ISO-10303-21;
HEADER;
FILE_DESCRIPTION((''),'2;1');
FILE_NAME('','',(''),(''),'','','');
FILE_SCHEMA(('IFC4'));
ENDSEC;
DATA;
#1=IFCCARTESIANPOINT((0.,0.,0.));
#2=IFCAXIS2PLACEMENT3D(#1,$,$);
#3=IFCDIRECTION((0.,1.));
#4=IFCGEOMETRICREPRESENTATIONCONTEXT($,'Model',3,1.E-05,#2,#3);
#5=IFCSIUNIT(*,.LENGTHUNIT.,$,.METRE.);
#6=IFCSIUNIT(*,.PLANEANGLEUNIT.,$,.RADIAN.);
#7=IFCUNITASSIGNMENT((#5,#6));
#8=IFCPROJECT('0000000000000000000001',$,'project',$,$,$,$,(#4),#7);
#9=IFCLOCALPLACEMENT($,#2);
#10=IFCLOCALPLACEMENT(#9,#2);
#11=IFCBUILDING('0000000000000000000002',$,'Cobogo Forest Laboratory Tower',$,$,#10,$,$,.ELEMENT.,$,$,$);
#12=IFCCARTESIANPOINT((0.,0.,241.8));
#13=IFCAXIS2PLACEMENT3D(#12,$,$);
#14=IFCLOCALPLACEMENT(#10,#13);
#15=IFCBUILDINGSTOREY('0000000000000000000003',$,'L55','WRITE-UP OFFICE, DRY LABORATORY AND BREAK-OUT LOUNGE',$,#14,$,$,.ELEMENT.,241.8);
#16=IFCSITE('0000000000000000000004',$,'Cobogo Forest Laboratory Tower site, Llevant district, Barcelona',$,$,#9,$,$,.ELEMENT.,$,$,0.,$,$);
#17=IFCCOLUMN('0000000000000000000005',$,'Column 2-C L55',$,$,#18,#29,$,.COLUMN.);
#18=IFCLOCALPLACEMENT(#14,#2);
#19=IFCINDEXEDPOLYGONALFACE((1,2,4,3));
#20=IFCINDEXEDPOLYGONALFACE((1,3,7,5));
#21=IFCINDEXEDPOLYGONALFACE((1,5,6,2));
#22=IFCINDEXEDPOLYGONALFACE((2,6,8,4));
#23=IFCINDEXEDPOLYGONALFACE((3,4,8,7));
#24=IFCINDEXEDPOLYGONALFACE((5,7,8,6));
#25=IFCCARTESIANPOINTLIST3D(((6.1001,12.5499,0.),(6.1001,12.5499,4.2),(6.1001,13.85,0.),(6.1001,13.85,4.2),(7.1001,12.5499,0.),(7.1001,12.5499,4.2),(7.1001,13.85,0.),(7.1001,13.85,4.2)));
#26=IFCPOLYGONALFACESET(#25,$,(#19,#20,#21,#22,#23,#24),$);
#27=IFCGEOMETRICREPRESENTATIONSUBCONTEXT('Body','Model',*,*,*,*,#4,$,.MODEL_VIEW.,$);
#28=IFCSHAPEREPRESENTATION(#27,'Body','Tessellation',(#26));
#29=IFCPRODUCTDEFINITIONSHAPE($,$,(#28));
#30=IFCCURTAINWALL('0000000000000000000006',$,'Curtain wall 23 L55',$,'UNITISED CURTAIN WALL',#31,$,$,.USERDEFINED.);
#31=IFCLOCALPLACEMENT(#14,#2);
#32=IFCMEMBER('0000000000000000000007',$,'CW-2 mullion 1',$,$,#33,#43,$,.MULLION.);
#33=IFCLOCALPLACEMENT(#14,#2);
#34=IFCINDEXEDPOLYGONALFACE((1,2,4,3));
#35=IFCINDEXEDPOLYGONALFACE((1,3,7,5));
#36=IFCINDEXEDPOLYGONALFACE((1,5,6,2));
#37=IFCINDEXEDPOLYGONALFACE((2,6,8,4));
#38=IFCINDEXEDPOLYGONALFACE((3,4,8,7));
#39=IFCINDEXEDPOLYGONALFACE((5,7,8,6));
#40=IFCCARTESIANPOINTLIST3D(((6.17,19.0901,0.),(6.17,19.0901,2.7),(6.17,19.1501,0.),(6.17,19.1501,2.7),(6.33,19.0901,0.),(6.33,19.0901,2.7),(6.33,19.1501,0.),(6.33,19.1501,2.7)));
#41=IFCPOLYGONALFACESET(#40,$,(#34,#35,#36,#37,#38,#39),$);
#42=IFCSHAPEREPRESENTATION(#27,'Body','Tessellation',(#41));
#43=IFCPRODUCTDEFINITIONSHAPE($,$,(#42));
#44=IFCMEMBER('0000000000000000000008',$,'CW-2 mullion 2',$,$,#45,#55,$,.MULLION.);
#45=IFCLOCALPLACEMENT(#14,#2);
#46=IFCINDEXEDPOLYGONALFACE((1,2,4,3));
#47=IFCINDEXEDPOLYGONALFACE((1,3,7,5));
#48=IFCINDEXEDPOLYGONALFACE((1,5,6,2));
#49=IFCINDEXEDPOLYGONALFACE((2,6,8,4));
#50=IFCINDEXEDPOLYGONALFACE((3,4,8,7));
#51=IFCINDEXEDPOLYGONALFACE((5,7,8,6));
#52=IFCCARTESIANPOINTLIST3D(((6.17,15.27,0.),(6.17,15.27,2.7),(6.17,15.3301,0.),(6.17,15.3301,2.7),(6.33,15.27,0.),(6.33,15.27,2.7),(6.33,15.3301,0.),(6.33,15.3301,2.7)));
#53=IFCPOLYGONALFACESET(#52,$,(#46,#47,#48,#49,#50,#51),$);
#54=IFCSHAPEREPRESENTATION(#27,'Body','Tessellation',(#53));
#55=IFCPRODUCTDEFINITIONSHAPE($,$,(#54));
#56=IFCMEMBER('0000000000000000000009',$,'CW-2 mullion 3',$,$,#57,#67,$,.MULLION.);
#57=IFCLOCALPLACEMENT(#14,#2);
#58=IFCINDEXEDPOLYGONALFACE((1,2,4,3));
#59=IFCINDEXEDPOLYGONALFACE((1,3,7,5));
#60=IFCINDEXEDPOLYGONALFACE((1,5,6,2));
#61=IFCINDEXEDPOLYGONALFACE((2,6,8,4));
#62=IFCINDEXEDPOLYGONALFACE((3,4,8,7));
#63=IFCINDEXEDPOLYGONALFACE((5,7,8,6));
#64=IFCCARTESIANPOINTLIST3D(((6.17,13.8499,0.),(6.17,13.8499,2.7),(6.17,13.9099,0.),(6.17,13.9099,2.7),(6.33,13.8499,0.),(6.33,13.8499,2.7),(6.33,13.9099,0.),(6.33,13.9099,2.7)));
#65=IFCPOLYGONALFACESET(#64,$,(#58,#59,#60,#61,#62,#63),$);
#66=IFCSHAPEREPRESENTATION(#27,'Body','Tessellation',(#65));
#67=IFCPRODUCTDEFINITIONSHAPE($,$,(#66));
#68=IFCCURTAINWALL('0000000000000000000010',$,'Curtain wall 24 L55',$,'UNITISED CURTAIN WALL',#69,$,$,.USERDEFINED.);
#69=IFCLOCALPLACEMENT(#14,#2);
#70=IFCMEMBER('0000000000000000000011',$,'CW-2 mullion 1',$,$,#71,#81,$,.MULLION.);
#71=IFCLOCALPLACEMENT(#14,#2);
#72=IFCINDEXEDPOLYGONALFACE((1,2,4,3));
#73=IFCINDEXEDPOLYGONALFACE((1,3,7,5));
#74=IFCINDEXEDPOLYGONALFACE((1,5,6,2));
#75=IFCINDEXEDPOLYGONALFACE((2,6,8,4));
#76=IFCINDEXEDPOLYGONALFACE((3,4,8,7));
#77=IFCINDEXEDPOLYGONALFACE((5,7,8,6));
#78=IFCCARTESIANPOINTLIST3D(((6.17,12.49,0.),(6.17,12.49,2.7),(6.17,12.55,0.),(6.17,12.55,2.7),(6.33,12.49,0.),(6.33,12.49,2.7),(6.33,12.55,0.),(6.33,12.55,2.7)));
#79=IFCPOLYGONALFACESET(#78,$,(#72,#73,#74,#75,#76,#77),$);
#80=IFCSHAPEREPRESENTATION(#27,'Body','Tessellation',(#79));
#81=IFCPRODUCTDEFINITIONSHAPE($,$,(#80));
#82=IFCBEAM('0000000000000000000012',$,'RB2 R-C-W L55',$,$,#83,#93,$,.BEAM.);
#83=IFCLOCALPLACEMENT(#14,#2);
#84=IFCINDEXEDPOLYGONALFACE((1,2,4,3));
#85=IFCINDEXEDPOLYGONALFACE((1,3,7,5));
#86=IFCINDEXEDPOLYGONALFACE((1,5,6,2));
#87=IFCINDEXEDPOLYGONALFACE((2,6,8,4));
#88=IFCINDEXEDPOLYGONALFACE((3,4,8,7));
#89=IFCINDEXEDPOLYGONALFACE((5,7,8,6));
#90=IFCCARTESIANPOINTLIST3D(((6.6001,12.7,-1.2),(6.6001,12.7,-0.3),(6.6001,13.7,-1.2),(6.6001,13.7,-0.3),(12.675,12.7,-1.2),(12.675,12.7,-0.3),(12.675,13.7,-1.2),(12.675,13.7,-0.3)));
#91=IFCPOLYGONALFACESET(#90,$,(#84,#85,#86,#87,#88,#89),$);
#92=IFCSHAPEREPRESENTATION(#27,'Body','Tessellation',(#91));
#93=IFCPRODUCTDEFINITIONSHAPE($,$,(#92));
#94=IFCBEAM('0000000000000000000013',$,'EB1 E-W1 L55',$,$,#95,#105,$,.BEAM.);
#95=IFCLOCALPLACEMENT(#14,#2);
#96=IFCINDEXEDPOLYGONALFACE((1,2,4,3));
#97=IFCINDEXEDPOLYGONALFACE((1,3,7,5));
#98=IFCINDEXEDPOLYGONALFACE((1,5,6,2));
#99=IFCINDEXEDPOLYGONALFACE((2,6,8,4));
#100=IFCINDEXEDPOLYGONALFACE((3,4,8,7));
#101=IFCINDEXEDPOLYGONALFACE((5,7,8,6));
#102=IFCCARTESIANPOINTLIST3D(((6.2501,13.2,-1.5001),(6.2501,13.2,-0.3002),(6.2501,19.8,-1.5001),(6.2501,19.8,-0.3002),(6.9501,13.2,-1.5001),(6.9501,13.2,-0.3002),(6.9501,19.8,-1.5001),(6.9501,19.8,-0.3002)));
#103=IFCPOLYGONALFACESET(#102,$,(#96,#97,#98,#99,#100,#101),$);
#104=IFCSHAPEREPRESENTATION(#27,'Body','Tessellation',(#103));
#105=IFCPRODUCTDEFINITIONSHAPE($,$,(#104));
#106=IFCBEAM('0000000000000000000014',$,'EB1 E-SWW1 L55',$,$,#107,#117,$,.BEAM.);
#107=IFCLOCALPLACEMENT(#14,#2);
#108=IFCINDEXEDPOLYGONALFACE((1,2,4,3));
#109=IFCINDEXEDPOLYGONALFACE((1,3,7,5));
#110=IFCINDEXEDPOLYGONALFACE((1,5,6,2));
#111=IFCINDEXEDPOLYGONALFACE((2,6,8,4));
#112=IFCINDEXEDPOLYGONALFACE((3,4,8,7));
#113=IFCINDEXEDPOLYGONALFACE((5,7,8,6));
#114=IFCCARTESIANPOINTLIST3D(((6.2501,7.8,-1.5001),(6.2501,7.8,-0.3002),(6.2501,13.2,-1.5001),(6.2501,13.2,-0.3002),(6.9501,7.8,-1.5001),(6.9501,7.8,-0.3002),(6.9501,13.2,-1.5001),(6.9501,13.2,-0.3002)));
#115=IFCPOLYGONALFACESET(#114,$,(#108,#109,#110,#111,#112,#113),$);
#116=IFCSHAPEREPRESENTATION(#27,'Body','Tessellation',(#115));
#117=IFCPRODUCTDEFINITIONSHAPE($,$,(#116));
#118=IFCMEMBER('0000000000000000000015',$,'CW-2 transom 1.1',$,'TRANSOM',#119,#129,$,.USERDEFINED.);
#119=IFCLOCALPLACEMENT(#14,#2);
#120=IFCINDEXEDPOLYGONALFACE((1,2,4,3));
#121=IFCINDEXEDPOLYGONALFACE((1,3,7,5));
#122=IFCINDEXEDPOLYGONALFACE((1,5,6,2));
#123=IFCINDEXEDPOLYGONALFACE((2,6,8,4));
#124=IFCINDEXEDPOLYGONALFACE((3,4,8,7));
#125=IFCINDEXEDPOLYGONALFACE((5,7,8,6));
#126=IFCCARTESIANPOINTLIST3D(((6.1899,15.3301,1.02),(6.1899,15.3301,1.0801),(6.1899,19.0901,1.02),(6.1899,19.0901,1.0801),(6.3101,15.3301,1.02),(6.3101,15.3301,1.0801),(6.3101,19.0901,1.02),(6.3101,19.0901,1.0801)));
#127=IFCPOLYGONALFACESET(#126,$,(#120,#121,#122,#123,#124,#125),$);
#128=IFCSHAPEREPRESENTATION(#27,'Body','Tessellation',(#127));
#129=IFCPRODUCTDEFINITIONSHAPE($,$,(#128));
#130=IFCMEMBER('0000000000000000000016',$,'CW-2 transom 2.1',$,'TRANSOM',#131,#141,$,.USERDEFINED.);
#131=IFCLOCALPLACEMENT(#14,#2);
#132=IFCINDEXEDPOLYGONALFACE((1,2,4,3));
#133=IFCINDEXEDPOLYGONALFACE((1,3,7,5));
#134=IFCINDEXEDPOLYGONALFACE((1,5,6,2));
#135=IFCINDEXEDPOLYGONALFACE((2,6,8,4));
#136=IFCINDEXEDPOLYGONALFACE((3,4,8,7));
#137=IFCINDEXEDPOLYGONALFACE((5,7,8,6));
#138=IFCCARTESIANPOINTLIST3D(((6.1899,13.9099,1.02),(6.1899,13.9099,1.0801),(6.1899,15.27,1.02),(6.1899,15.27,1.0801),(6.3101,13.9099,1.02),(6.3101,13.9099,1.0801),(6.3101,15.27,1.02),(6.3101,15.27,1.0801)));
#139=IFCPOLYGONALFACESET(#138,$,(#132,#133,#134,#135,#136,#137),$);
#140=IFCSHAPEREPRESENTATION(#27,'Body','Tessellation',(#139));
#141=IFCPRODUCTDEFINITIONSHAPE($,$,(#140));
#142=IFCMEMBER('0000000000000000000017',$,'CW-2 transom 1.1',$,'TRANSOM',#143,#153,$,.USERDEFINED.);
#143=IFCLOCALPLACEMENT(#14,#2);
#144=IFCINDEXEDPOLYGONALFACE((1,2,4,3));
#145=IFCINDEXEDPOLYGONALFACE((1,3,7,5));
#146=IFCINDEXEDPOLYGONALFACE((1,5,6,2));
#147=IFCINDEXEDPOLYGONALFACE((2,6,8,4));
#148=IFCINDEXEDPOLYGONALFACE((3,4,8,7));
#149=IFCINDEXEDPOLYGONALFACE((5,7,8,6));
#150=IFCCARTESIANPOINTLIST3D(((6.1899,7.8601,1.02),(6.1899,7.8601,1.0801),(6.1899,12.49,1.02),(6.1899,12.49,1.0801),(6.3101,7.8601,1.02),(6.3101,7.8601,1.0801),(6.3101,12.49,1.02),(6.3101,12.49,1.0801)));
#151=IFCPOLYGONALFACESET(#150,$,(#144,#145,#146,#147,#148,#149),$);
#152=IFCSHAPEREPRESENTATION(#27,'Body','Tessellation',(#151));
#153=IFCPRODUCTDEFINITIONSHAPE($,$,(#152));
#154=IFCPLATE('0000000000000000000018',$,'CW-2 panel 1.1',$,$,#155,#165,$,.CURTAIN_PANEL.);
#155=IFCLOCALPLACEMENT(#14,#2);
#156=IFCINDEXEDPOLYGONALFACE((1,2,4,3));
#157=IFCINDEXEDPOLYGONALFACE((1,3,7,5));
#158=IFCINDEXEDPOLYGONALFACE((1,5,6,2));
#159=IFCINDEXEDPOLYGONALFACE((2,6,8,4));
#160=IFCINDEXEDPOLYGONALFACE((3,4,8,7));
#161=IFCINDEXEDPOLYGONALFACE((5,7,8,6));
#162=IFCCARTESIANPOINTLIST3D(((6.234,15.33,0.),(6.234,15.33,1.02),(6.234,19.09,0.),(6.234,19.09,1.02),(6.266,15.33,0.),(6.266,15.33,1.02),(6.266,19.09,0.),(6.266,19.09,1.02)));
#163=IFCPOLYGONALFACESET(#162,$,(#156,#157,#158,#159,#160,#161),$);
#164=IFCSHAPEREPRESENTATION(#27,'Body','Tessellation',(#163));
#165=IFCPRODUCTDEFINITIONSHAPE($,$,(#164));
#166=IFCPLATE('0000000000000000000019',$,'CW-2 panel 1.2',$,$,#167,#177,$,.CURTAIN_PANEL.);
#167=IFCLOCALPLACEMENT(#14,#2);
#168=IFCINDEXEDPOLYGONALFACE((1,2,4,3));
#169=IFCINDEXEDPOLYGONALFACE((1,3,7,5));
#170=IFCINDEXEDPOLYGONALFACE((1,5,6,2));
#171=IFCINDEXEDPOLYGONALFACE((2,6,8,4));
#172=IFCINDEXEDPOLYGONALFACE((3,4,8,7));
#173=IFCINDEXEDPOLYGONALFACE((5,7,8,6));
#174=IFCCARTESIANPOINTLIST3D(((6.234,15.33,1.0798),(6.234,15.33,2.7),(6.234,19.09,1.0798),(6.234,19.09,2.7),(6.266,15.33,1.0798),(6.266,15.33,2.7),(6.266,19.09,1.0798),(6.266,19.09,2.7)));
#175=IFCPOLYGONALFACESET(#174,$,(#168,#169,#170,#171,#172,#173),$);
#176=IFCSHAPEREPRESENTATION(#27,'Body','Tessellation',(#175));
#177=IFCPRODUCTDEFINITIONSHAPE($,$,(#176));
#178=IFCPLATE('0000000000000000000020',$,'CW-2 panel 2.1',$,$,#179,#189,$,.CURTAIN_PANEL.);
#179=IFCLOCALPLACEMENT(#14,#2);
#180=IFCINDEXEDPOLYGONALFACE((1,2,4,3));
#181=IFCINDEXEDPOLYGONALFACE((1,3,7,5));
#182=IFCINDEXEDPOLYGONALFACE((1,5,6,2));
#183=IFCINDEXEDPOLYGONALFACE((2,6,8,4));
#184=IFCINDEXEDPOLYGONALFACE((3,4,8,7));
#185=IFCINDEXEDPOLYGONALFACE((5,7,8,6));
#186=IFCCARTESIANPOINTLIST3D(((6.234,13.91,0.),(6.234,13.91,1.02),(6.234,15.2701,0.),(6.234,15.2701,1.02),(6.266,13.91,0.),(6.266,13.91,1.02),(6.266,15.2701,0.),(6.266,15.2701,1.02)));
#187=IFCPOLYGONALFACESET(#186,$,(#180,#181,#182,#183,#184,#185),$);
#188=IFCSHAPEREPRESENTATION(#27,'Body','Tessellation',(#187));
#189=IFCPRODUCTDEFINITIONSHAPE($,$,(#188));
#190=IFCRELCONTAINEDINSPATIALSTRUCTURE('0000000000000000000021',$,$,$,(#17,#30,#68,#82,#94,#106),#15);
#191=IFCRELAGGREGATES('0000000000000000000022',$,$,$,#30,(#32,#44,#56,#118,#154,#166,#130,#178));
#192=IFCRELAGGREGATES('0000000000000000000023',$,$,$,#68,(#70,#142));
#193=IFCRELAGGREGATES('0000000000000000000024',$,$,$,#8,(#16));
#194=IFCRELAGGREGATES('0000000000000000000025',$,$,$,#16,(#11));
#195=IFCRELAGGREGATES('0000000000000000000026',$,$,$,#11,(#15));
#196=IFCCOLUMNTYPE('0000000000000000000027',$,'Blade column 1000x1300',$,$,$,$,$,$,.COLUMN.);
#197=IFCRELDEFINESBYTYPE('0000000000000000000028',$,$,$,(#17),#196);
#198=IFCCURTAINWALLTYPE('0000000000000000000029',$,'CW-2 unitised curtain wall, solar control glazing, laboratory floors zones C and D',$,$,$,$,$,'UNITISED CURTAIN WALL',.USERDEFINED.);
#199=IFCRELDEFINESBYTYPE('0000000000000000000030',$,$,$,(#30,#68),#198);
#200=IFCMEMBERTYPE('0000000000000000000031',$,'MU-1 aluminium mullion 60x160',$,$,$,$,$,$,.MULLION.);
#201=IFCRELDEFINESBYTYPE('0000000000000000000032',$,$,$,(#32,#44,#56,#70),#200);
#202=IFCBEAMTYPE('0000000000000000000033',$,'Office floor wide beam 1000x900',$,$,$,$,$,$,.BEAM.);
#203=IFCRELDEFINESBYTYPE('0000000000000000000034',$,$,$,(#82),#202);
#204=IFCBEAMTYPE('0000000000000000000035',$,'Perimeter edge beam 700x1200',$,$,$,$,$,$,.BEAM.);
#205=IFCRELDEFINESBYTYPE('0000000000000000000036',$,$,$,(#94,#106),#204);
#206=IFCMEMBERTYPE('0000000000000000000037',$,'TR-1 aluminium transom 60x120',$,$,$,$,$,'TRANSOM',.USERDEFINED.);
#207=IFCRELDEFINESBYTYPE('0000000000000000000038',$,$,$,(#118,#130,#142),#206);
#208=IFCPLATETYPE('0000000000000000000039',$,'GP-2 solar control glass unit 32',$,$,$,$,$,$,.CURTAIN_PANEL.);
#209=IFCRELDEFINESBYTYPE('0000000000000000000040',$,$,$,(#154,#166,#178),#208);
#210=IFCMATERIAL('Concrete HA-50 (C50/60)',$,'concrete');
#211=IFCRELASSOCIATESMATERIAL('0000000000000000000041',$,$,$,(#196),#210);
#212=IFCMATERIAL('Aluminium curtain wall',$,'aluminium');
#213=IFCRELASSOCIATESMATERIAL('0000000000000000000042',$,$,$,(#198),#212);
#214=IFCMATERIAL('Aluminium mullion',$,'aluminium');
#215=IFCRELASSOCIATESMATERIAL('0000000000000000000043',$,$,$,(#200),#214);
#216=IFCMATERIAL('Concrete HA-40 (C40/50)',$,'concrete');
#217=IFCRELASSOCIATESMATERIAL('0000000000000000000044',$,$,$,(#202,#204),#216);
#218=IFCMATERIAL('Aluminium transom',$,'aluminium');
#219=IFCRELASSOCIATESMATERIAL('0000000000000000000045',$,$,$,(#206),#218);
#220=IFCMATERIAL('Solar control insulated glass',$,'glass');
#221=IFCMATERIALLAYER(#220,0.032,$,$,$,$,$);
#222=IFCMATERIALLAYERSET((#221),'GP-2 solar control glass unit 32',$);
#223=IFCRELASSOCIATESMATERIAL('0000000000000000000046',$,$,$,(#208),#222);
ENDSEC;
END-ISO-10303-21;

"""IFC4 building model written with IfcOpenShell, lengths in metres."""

from ifc_helpers import new_model, si_unit, direction, frame, origin, origin_2d, place, context, subcontext, project, spatial, rectangle, extrude, material, layer, layer_set, material_profile, profile_set, type_object, element, aggregate, save


model = new_model("IFC4")

# Units and contexts
model_context = context("Model", 3, precision=1e-05, world=origin(), true_north=direction((0.0, 1.0)))
body_context = subcontext(model_context, "Body", "Model", "MODEL_VIEW")
ifc_project = project(units=[si_unit("LENGTHUNIT", "METRE"), si_unit("PLANEANGLEUNIT", "RADIAN")], contexts=[model_context])

# Site, building, storey
site_placement = place(None, origin())
site = spatial("IfcSite", under=ifc_project, at=site_placement, Name="Cobogo Forest Laboratory Tower site, Llevant district, Barcelona", CompositionType="ELEMENT", RefElevation=0.0)
building_placement = place(site_placement, origin())
building = spatial("IfcBuilding", under=site, at=building_placement, Name="Cobogo Forest Laboratory Tower", CompositionType="ELEMENT")
storey_placement = place(building_placement, frame((0.0, 0.0, 241.8)))
storey = spatial("IfcBuildingStorey", under=building, at=storey_placement, Name="L55", Description="WRITE-UP OFFICE, DRY LABORATORY AND BREAK-OUT LOUNGE", CompositionType="ELEMENT", Elevation=241.8)

# Column
ifc_material_1 = material(Name="Concrete HA-50 (C50/60)", Category="concrete")
ifc_material_profile_1 = material_profile(ifc_material_1, rectangle(XDim=1.3, YDim=1.0, at=origin_2d()), Name="RC 1000x1300")
ifc_profile_set_1 = profile_set([ifc_material_profile_1], Name="Concrete HA-50 (C50/60)")
column_type = type_object("IfcColumnType", Name="Blade column 1000x1300", PredefinedType="COLUMN", material=ifc_profile_set_1)
column_placement = place(storey_placement, frame((6.6001, 13.2, 0.0), z_axis=(0.0, 0.0, 1.0), x_axis=(0.0, 1.0, 0.0)))
element("IfcColumn", 1, at=column_placement, inside=storey, type_object=column_type, Name="Column 2-C L55", PredefinedType="COLUMN", context=body_context, shape_type="SweptSolid", body=[
    extrude(rectangle(XDim=1.3, YDim=1.0, at=origin_2d()), origin(), (0.0, 0.0, 1.0), 4.2),
])

# Curtain wall, members
ifc_material_2 = material(Name="Aluminium curtain wall", Category="aluminium")
curtain_wall_type = type_object("IfcCurtainWallType", Name="CW-2 unitised curtain wall, solar control glazing, laboratory floors zones C and D", ElementType="UNITISED CURTAIN WALL", PredefinedType="USERDEFINED", material=ifc_material_2)
curtain_wall_1_placement = place(storey_placement, origin())
curtain_wall_1 = element("IfcCurtainWall", 2, at=curtain_wall_1_placement, inside=storey, type_object=curtain_wall_type, Name="Curtain wall 23 L55", ObjectType="UNITISED CURTAIN WALL", PredefinedType="USERDEFINED")
ifc_material_3 = material(Name="Aluminium mullion", Category="aluminium")
ifc_material_profile_2 = material_profile(ifc_material_3, rectangle(XDim=0.0601, YDim=0.1599, at=origin_2d()), Name="AL 60x160")
ifc_profile_set_2 = profile_set([ifc_material_profile_2], Name="Aluminium mullion")
member_type_1 = type_object("IfcMemberType", Name="MU-1 aluminium mullion 60x160", PredefinedType="MULLION", material=ifc_profile_set_2)
member_1_placement = place(storey_placement, frame((6.25, 19.1201, 0.0), z_axis=(0.0, 0.0, 1.0), x_axis=(0.0, -1.0, 0.0)))
member_1 = element("IfcMember", 3, at=member_1_placement, type_object=member_type_1, Name="CW-2 mullion 1", PredefinedType="MULLION", context=body_context, shape_type="SweptSolid", body=[
    extrude(rectangle(XDim=0.0601, YDim=0.1599, at=origin_2d()), origin(), (0.0, 0.0, 1.0), 2.7),
])
member_2_placement = place(storey_placement, frame((6.25, 15.3, 0.0), z_axis=(0.0, 0.0, 1.0), x_axis=(0.0, -1.0, 0.0)))
member_2 = element("IfcMember", 4, at=member_2_placement, type_object=member_type_1, Name="CW-2 mullion 2", PredefinedType="MULLION", context=body_context, shape_type="SweptSolid", body=[
    extrude(rectangle(XDim=0.0601, YDim=0.1599, at=origin_2d()), origin(), (0.0, 0.0, 1.0), 2.7),
])
member_3_placement = place(storey_placement, frame((6.25, 13.8799, 0.0), z_axis=(0.0, 0.0, 1.0), x_axis=(0.0, -1.0, 0.0)))
member_3 = element("IfcMember", 5, at=member_3_placement, type_object=member_type_1, Name="CW-2 mullion 3", PredefinedType="MULLION", context=body_context, shape_type="SweptSolid", body=[
    extrude(rectangle(XDim=0.0601, YDim=0.1599, at=origin_2d()), origin(), (0.0, 0.0, 1.0), 2.7),
])

# Curtain wall, member
curtain_wall_2_placement = place(storey_placement, origin())
curtain_wall_2 = element("IfcCurtainWall", 6, at=curtain_wall_2_placement, inside=storey, type_object=curtain_wall_type, Name="Curtain wall 24 L55", ObjectType="UNITISED CURTAIN WALL", PredefinedType="USERDEFINED")
member_4_placement = place(storey_placement, frame((6.25, 12.52, 0.0), z_axis=(0.0, 0.0, 1.0), x_axis=(0.0, -1.0, 0.0)))
member_4 = element("IfcMember", 7, at=member_4_placement, type_object=member_type_1, Name="CW-2 mullion 1", PredefinedType="MULLION", context=body_context, shape_type="SweptSolid", body=[
    extrude(rectangle(XDim=0.0601, YDim=0.1599, at=origin_2d()), origin(), (0.0, 0.0, 1.0), 2.7),
])

# Beams
ifc_material_4 = material(Name="Concrete HA-40 (C40/50)", Category="concrete")
ifc_material_profile_3 = material_profile(ifc_material_4, rectangle(XDim=1.0, YDim=0.8999, at=origin_2d()), Name="RC 1000x900")
ifc_profile_set_3 = profile_set([ifc_material_profile_3], Name="Concrete HA-40 (C40/50)")
beam_type_1 = type_object("IfcBeamType", Name="Office floor wide beam 1000x900", PredefinedType="BEAM", material=ifc_profile_set_3)
beam_1_placement = place(storey_placement, frame((12.675, 13.2, -0.75), z_axis=(-1.0, 0.0, 0.0), x_axis=(0.0, -1.0, 0.0)))
element("IfcBeam", 8, at=beam_1_placement, inside=storey, type_object=beam_type_1, Name="RB2 R-C-W L55", PredefinedType="BEAM", context=body_context, shape_type="SweptSolid", body=[
    extrude(rectangle(XDim=1.0, YDim=0.8999, at=origin_2d()), origin(), (0.0, 0.0, 1.0), 6.075),
])
ifc_material_profile_4 = material_profile(ifc_material_4, rectangle(XDim=0.7, YDim=1.2, at=origin_2d()), Name="RC 700x1200")
ifc_profile_set_4 = profile_set([ifc_material_profile_4], Name="Concrete HA-40 (C40/50)")
beam_type_2 = type_object("IfcBeamType", Name="Perimeter edge beam 700x1200", PredefinedType="BEAM", material=ifc_profile_set_4)
beam_2_placement = place(storey_placement, frame((6.6001, 13.2, -0.9001), z_axis=(0.0, 1.0, 0.0), x_axis=(-1.0, 0.0, 0.0)))
element("IfcBeam", 9, at=beam_2_placement, inside=storey, type_object=beam_type_2, Name="EB1 E-W1 L55", PredefinedType="BEAM", context=body_context, shape_type="SweptSolid", body=[
    extrude(rectangle(XDim=0.7, YDim=1.2, at=origin_2d()), origin(), (0.0, 0.0, 1.0), 6.6001),
])
beam_3_placement = place(storey_placement, frame((6.6001, 13.2, -0.9001), z_axis=(0.0, -1.0, 0.0), x_axis=(1.0, 0.0, 0.0)))
element("IfcBeam", 10, at=beam_3_placement, inside=storey, type_object=beam_type_2, Name="EB1 E-SWW1 L55", PredefinedType="BEAM", context=body_context, shape_type="SweptSolid", body=[
    extrude(rectangle(XDim=0.7, YDim=1.2, at=origin_2d()), origin(), (0.0, 0.0, 1.0), 5.3999),
])

# Members
ifc_material_5 = material(Name="Aluminium transom", Category="aluminium")
ifc_material_profile_5 = material_profile(ifc_material_5, rectangle(XDim=0.1201, YDim=0.0601, at=origin_2d()), Name="AL 60x120")
ifc_profile_set_5 = profile_set([ifc_material_profile_5], Name="Aluminium transom")
member_type_2 = type_object("IfcMemberType", Name="TR-1 aluminium transom 60x120", ElementType="TRANSOM", PredefinedType="USERDEFINED", material=ifc_profile_set_5)
member_5_placement = place(storey_placement, frame((6.25, 19.0901, 1.05), z_axis=(0.0, -1.0, 0.0), x_axis=(1.0, 0.0, 0.0)))
member_5 = element("IfcMember", 11, at=member_5_placement, type_object=member_type_2, Name="CW-2 transom 1.1", ObjectType="TRANSOM", PredefinedType="USERDEFINED", context=body_context, shape_type="SweptSolid", body=[
    extrude(rectangle(XDim=0.1201, YDim=0.0601, at=origin_2d()), origin(), (0.0, 0.0, 1.0), 3.76),
])
member_6_placement = place(storey_placement, frame((6.25, 15.27, 1.05), z_axis=(0.0, -1.0, 0.0), x_axis=(1.0, 0.0, 0.0)))
member_6 = element("IfcMember", 12, at=member_6_placement, type_object=member_type_2, Name="CW-2 transom 2.1", ObjectType="TRANSOM", PredefinedType="USERDEFINED", context=body_context, shape_type="SweptSolid", body=[
    extrude(rectangle(XDim=0.1201, YDim=0.0601, at=origin_2d()), origin(), (0.0, 0.0, 1.0), 1.3601),
])
member_7_placement = place(storey_placement, frame((6.25, 12.49, 1.05), z_axis=(0.0, -1.0, 0.0), x_axis=(1.0, 0.0, 0.0)))
member_7 = element("IfcMember", 13, at=member_7_placement, type_object=member_type_2, Name="CW-2 transom 1.1", ObjectType="TRANSOM", PredefinedType="USERDEFINED", context=body_context, shape_type="SweptSolid", body=[
    extrude(rectangle(XDim=0.1201, YDim=0.0601, at=origin_2d()), origin(), (0.0, 0.0, 1.0), 4.6299),
])

# Plates
ifc_material_6 = material(Name="Solar control insulated glass", Category="glass")
ifc_layer_1 = layer(ifc_material_6, 0.032)
ifc_layer_set_1 = layer_set([ifc_layer_1], Name="GP-2 solar control glass unit 32")
plate_type_1 = type_object("IfcPlateType", Name="GP-2 solar control glass unit 32", PredefinedType="CURTAIN_PANEL", material=ifc_layer_set_1)
plate_1_placement = place(storey_placement, frame((6.25, 17.21, 0.0), z_axis=(0.0, 0.0, 1.0), x_axis=(0.0, -1.0, 0.0)))
plate_1 = element("IfcPlate", 14, at=plate_1_placement, type_object=plate_type_1, Name="CW-2 panel 1.1", PredefinedType="CURTAIN_PANEL", context=body_context, shape_type="SweptSolid", body=[
    extrude(rectangle(XDim=3.76, YDim=0.032, at=origin_2d()), origin(), (0.0, 0.0, 1.0), 1.02),
])
plate_2_placement = place(storey_placement, frame((6.25, 17.21, 1.0798), z_axis=(0.0, 0.0, 1.0), x_axis=(0.0, -1.0, 0.0)))
plate_2 = element("IfcPlate", 15, at=plate_2_placement, type_object=plate_type_1, Name="CW-2 panel 1.2", PredefinedType="CURTAIN_PANEL", context=body_context, shape_type="SweptSolid", body=[
    extrude(rectangle(XDim=3.76, YDim=0.032, at=origin_2d()), origin(), (0.0, 0.0, 1.0), 1.6201),
])
plate_3_placement = place(storey_placement, frame((6.25, 14.5901, 0.0), z_axis=(0.0, 0.0, 1.0), x_axis=(0.0, -1.0, 0.0)))
plate_3 = element("IfcPlate", 16, at=plate_3_placement, type_object=plate_type_1, Name="CW-2 panel 2.1", PredefinedType="CURTAIN_PANEL", context=body_context, shape_type="SweptSolid", body=[
    extrude(rectangle(XDim=1.3601, YDim=0.032, at=origin_2d()), origin(), (0.0, 0.0, 1.0), 1.02),
])
aggregate(curtain_wall_1, [member_1, member_2, member_3, member_5, plate_1, plate_2, member_6, plate_3])
aggregate(curtain_wall_2, [member_4, member_7])

save(model, "model.ifc")
